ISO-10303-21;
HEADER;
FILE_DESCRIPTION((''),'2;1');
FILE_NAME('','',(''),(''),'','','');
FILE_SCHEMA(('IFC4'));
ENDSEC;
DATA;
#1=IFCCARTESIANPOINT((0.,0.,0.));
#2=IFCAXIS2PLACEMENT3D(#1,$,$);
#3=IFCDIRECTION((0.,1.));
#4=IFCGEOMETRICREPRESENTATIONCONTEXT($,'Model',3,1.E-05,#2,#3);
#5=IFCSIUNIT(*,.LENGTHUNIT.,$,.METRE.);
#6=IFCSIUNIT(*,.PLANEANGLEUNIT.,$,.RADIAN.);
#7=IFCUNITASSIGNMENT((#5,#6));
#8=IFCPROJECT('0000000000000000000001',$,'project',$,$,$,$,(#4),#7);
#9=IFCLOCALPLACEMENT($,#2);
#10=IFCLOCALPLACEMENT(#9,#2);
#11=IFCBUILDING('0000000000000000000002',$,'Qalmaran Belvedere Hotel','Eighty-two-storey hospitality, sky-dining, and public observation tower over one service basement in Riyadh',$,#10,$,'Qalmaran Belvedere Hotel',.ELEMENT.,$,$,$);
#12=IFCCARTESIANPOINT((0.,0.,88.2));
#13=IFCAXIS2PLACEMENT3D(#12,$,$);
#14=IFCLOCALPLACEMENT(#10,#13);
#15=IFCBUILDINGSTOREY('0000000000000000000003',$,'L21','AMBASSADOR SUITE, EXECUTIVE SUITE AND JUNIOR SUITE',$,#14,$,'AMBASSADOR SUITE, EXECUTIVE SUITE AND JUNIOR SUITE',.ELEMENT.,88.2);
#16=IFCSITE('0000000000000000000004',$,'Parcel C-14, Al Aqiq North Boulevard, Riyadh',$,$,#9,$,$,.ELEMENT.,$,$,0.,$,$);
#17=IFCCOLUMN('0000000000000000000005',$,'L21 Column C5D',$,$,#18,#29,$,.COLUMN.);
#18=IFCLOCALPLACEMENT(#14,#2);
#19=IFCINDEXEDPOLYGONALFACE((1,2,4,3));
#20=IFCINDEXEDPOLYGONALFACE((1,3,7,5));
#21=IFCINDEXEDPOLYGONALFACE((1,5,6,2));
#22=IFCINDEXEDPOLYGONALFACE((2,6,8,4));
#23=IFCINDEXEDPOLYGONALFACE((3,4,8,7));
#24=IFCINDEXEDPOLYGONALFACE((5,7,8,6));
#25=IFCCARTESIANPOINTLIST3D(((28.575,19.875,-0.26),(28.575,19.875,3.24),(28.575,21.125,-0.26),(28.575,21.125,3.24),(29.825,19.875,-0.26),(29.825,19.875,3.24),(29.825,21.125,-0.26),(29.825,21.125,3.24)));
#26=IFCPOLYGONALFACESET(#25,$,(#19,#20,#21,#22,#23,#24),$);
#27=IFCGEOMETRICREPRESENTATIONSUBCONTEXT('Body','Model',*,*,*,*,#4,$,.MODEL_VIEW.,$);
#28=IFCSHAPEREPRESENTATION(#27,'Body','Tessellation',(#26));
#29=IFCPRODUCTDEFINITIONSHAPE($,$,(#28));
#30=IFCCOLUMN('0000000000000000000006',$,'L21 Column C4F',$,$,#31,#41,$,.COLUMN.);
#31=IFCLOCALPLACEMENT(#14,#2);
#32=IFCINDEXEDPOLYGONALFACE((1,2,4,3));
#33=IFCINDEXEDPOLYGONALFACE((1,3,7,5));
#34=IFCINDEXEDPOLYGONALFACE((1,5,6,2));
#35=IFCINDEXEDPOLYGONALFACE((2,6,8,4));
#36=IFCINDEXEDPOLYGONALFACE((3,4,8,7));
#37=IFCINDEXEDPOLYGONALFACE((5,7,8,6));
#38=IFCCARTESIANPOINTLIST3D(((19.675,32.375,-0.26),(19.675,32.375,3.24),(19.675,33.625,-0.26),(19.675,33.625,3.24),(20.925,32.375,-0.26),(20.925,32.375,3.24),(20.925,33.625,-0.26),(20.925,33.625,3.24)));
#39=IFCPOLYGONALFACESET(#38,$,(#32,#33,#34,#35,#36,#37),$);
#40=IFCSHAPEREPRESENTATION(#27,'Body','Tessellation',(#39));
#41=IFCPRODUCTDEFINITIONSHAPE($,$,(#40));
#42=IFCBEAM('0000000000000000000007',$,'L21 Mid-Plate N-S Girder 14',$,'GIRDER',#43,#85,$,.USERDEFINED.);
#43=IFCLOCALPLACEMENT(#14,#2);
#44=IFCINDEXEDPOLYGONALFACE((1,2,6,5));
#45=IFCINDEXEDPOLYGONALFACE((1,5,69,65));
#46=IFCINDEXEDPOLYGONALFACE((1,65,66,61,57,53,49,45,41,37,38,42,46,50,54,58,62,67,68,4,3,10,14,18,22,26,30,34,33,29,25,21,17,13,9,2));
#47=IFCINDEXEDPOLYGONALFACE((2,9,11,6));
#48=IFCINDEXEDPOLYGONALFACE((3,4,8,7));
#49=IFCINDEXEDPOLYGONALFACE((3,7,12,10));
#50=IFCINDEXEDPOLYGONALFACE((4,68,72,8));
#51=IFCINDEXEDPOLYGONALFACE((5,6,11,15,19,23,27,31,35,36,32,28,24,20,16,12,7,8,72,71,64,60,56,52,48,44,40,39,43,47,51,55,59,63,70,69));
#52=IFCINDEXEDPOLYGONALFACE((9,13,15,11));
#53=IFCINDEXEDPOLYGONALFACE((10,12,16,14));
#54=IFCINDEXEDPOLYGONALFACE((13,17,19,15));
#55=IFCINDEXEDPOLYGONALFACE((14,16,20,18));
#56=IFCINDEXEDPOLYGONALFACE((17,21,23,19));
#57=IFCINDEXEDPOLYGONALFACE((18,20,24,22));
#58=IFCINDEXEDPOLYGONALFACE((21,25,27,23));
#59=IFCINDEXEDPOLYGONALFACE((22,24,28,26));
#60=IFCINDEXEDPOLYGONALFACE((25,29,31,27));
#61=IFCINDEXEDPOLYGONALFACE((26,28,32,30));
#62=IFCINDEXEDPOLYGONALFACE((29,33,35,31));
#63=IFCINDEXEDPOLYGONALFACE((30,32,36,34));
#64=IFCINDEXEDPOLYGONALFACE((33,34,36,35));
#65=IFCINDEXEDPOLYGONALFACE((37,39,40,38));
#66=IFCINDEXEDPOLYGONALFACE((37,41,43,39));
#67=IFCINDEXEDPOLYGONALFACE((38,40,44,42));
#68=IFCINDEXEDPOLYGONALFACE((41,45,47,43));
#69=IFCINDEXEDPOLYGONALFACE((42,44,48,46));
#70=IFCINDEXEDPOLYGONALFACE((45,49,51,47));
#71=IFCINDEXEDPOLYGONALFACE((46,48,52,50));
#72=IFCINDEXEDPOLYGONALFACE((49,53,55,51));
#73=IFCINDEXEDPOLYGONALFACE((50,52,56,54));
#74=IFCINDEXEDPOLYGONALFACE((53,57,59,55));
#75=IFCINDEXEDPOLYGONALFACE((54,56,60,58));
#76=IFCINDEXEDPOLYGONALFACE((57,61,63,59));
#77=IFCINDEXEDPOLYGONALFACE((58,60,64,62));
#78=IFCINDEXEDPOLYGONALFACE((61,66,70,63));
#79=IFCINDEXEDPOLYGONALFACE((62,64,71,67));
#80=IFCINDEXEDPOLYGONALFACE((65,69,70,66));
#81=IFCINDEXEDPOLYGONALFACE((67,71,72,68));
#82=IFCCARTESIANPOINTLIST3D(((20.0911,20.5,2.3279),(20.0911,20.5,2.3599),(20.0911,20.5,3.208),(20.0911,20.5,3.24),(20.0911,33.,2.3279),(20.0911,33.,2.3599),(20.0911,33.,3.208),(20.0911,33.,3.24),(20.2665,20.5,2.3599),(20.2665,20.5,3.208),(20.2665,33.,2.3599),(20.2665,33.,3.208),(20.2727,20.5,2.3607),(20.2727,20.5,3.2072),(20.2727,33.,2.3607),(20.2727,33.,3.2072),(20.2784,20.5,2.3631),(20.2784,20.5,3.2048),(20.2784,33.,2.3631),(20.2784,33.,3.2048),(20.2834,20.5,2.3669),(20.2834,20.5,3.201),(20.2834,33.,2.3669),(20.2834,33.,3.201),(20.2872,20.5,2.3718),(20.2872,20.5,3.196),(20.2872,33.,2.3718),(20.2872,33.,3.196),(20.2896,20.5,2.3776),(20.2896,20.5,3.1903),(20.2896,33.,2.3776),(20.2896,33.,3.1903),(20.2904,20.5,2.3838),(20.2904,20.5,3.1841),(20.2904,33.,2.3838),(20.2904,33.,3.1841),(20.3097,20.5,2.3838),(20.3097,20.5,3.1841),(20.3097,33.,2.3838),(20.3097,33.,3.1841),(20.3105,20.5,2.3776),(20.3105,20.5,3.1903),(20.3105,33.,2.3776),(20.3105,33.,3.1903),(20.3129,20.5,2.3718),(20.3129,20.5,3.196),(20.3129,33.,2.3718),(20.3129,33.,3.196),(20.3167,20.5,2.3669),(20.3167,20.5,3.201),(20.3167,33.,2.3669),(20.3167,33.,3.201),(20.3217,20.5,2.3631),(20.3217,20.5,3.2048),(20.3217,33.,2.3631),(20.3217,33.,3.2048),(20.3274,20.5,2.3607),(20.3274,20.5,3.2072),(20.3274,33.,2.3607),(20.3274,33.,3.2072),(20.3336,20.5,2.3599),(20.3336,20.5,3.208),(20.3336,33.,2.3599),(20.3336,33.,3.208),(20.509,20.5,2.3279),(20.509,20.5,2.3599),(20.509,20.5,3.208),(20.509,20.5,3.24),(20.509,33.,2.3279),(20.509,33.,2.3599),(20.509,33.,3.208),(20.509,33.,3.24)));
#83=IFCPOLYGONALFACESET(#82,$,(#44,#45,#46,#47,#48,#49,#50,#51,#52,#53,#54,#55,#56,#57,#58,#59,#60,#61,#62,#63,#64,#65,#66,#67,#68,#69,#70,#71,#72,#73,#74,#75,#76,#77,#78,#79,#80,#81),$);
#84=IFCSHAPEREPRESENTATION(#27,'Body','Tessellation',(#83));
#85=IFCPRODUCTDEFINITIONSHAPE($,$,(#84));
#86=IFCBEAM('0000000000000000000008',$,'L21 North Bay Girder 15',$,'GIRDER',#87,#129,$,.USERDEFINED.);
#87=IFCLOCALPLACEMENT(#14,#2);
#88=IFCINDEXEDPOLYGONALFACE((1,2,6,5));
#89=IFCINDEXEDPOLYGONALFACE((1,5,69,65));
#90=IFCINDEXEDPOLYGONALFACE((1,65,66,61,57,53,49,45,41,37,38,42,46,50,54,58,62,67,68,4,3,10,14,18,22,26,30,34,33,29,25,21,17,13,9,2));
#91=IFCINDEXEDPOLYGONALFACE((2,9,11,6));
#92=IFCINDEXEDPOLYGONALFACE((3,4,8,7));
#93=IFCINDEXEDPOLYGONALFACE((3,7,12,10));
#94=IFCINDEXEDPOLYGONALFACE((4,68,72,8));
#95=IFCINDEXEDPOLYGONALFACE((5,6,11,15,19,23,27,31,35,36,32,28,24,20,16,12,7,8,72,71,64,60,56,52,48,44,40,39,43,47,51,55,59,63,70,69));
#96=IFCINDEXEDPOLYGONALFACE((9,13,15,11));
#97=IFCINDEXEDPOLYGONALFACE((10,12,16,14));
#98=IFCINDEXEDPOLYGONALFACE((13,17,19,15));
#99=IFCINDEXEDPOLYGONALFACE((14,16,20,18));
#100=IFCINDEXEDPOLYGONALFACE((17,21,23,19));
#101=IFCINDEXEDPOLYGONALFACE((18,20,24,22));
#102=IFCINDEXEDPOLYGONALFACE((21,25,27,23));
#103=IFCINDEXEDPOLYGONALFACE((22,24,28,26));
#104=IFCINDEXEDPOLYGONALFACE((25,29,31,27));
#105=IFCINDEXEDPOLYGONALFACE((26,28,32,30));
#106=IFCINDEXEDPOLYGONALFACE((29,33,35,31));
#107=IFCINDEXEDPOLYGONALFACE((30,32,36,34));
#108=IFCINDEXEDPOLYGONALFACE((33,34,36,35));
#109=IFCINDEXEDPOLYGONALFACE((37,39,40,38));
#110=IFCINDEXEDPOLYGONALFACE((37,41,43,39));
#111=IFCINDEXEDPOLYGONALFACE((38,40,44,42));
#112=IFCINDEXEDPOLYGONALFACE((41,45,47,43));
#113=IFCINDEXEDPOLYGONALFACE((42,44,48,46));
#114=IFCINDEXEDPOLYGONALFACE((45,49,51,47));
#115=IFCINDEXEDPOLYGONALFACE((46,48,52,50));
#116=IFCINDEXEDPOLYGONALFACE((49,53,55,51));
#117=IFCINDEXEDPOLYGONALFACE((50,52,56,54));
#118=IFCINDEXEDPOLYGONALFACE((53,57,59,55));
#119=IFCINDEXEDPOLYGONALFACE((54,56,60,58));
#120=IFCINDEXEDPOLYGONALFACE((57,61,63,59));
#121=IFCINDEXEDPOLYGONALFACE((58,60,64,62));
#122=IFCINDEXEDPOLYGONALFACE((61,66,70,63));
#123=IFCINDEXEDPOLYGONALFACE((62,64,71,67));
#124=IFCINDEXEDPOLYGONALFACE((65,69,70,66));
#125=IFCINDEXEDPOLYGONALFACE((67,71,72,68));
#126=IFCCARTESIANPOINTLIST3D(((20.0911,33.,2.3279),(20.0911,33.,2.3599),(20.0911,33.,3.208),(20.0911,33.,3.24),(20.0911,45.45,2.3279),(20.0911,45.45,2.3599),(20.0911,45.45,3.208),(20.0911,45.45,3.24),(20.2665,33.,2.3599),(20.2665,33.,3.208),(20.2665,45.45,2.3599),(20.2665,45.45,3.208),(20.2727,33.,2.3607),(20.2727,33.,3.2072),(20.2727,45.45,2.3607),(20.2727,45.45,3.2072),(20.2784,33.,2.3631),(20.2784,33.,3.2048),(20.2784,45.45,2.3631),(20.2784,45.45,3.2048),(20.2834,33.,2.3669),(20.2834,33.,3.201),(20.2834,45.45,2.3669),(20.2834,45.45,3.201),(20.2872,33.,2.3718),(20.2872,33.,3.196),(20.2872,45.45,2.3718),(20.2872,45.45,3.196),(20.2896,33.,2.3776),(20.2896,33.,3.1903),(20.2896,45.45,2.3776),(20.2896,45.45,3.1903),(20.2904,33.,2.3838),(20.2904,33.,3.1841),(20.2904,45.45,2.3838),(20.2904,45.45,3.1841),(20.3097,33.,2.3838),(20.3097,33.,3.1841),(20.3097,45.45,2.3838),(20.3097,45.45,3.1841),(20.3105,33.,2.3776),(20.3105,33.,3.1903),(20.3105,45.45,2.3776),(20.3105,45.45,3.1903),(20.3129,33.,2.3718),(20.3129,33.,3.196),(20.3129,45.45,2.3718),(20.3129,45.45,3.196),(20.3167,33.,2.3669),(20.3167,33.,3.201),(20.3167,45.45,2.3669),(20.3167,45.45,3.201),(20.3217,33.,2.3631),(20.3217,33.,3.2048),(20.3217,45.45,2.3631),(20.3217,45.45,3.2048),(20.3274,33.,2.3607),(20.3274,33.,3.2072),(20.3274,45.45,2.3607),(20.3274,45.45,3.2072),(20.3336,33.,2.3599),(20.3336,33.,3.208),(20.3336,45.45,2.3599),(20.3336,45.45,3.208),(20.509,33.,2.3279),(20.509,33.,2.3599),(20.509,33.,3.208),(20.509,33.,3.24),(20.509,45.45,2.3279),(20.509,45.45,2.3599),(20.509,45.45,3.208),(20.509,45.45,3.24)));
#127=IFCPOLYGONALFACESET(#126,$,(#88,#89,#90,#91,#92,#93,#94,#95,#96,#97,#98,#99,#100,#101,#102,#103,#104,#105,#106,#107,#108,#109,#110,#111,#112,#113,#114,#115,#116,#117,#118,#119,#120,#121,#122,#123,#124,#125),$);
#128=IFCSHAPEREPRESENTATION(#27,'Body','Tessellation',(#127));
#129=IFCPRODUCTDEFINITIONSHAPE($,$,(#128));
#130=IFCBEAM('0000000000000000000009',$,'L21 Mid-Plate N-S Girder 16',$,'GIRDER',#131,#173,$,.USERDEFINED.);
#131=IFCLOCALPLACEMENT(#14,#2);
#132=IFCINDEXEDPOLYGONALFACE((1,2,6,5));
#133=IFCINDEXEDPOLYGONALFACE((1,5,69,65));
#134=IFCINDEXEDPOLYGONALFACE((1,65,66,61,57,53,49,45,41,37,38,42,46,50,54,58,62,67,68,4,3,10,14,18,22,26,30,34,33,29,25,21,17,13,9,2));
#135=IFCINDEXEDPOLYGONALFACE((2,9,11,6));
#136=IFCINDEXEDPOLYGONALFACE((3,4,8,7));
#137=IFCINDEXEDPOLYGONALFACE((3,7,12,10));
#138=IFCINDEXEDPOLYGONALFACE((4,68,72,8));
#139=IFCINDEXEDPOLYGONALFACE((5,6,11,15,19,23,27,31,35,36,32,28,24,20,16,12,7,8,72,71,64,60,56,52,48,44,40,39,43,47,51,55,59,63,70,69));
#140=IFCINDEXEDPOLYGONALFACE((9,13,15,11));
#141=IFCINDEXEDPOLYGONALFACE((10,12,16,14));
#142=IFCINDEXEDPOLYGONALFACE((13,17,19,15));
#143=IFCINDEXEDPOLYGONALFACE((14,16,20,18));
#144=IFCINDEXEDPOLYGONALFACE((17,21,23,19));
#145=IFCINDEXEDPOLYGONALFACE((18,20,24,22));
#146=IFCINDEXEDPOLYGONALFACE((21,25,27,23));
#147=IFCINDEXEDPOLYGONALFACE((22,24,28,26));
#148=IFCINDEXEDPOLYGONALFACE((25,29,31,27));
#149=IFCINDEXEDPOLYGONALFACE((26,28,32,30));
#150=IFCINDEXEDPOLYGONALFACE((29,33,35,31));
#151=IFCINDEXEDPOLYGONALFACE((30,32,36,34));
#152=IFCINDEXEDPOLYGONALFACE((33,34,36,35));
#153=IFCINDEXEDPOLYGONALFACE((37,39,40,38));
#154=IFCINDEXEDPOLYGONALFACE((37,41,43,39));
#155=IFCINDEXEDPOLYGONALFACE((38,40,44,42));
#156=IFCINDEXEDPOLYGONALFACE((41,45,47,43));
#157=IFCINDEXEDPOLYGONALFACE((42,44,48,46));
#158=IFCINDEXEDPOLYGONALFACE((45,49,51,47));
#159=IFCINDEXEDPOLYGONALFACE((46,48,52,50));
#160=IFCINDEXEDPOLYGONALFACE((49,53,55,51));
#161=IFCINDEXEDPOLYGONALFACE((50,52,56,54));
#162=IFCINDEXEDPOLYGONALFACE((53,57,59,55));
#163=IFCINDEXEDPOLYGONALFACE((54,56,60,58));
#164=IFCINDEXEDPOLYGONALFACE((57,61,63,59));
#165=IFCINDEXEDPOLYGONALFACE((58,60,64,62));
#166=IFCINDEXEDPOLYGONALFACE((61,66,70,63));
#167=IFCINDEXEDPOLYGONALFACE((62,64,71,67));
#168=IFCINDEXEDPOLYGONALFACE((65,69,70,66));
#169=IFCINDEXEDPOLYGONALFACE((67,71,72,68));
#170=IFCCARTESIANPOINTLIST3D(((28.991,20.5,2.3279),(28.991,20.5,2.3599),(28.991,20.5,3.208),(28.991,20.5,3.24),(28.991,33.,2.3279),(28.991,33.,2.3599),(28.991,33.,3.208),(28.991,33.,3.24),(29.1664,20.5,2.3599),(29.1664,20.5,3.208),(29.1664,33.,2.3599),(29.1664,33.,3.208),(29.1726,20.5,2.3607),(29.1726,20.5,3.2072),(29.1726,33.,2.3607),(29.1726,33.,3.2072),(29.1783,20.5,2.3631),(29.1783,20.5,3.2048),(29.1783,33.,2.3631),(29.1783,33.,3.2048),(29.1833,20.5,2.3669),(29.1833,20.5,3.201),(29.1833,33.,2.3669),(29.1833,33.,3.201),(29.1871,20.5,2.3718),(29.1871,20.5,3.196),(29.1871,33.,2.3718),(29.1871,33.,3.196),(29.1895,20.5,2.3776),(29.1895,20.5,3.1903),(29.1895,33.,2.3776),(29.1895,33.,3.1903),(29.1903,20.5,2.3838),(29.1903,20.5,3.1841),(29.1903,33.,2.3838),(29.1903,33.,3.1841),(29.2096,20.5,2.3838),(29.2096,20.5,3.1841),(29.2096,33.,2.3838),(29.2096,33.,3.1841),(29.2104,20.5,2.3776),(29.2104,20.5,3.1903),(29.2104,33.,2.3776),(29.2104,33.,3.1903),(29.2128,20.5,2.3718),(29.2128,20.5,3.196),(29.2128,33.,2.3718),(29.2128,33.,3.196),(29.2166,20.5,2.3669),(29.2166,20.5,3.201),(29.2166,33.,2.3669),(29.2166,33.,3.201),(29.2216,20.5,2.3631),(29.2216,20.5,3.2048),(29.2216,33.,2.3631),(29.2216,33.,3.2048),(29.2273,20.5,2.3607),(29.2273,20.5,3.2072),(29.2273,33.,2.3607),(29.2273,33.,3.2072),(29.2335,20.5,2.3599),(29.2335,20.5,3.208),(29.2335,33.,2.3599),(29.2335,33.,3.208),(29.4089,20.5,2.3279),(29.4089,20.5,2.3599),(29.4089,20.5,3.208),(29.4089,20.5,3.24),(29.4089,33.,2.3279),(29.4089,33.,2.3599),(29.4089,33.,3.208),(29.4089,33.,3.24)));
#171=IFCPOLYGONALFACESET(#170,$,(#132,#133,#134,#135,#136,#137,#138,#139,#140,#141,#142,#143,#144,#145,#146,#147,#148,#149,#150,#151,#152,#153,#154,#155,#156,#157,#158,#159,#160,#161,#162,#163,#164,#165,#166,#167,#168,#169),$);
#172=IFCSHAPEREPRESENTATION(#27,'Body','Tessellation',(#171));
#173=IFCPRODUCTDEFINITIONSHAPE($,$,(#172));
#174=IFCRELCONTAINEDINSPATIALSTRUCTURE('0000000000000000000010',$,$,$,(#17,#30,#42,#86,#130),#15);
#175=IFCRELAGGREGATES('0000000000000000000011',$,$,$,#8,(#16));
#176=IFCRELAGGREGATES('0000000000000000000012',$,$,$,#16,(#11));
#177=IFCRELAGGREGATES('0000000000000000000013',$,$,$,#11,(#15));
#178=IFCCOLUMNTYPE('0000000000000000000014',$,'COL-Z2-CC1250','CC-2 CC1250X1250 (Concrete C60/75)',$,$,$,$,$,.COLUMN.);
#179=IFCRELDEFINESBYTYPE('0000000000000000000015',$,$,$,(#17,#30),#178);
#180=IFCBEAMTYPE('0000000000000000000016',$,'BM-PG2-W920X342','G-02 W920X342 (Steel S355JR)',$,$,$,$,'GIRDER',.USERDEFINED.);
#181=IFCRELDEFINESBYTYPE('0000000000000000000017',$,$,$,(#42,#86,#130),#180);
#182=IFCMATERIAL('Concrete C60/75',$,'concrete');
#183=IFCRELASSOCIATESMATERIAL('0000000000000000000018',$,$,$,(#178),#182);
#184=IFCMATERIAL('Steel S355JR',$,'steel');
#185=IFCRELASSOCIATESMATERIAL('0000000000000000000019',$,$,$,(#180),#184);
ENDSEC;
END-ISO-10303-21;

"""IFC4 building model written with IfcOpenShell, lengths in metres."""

from ifc_helpers import new_model, si_unit, direction, frame, origin, origin_2d, place, context, subcontext, project, spatial, rectangle, i_section, extrude, material, material_profile, profile_set, type_object, element, save


model = new_model("IFC4")

# Units and contexts
model_context = context("Model", 3, precision=1e-05, world=origin(), true_north=direction((0.0, 1.0)))
body_context = subcontext(model_context, "Body", "Model", "MODEL_VIEW")
ifc_project = project(units=[si_unit("LENGTHUNIT", "METRE"), si_unit("PLANEANGLEUNIT", "RADIAN")], contexts=[model_context])

# Site, building, storey
site_placement = place(None, origin())
site = spatial("IfcSite", under=ifc_project, at=site_placement, Name="Parcel C-14, Al Aqiq North Boulevard, Riyadh", CompositionType="ELEMENT", RefElevation=0.0)
building_placement = place(site_placement, origin())
building = spatial("IfcBuilding", under=site, at=building_placement, Name="Qalmaran Belvedere Hotel", Description="Eighty-two-storey hospitality, sky-dining, and public observation tower over one service basement in Riyadh", LongName="Qalmaran Belvedere Hotel", CompositionType="ELEMENT")
storey_placement = place(building_placement, frame((0.0, 0.0, 88.2)))
storey = spatial("IfcBuildingStorey", under=building, at=storey_placement, Name="L21", Description="AMBASSADOR SUITE, EXECUTIVE SUITE AND JUNIOR SUITE", LongName="AMBASSADOR SUITE, EXECUTIVE SUITE AND JUNIOR SUITE", CompositionType="ELEMENT", Elevation=88.2)

# Columns
ifc_material_1 = material(Name="Concrete C60/75", Category="concrete")
ifc_material_profile_1 = material_profile(ifc_material_1, rectangle(XDim=1.25, YDim=1.25, at=origin_2d()), Name="CC1250X1250")
ifc_profile_set_1 = profile_set([ifc_material_profile_1], Name="Concrete C60/75")
column_type = type_object("IfcColumnType", Name="COL-Z2-CC1250", Description="CC-2 CC1250X1250 (Concrete C60/75)", PredefinedType="COLUMN", material=ifc_profile_set_1)
for number, where, z_axis, x_axis, name in (
    (1, (29.2, 20.5, -0.26), (0.0, 0.0, 1.0), (1.0, 0.0, 0.0), "L21 Column C5D"),
    (2, (20.3, 33.0, -0.26), (0.0, 0.0, 1.0), (1.0, 0.0, 0.0), "L21 Column C4F"),
):
    element("IfcColumn", number, at=place(storey_placement, frame(where, z_axis=z_axis, x_axis=x_axis)), inside=storey, type_object=column_type, Name=name, PredefinedType="COLUMN", context=body_context, shape_type="SweptSolid", body=[
        extrude(rectangle(XDim=1.25, YDim=1.25, at=origin_2d()), origin(), (0.0, 0.0, 1.0), 3.5),
    ])

# Beams
ifc_material_2 = material(Name="Steel S355JR", Category="steel")
ifc_material_profile_2 = material_profile(ifc_material_2, i_section(OverallWidth=0.418, OverallDepth=0.9121, WebThickness=0.0193, FlangeThickness=0.032, FilletRadius=0.0239, at=origin_2d()), Name="W920X342")
ifc_profile_set_2 = profile_set([ifc_material_profile_2], Name="Steel S355JR")
beam_type_1 = type_object("IfcBeamType", Name="BM-PG2-W920X342", Description="G-02 W920X342 (Steel S355JR)", ElementType="GIRDER", PredefinedType="USERDEFINED", material=ifc_profile_set_2)
beam_1_placement = place(storey_placement, frame((20.3, 20.5, 2.7839), z_axis=(0.0, 1.0, 0.0), x_axis=(-1.0, 0.0, 0.0)))
element("IfcBeam", 3, at=beam_1_placement, inside=storey, type_object=beam_type_1, Name="L21 Mid-Plate N-S Girder 14", ObjectType="GIRDER", PredefinedType="USERDEFINED", context=body_context, shape_type="SweptSolid", body=[
    extrude(i_section(OverallWidth=0.418, OverallDepth=0.9121, WebThickness=0.0193, FlangeThickness=0.032, FilletRadius=0.0239, at=origin_2d()), origin(), (0.0, 0.0, 1.0), 12.5),
])
beam_2_placement = place(storey_placement, frame((20.3, 33.0, 2.7839), z_axis=(0.0, 1.0, 0.0), x_axis=(-1.0, 0.0, 0.0)))
element("IfcBeam", 4, at=beam_2_placement, inside=storey, type_object=beam_type_1, Name="L21 North Bay Girder 15", ObjectType="GIRDER", PredefinedType="USERDEFINED", context=body_context, shape_type="SweptSolid", body=[
    extrude(i_section(OverallWidth=0.418, OverallDepth=0.9121, WebThickness=0.0193, FlangeThickness=0.032, FilletRadius=0.0239, at=origin_2d()), origin(), (0.0, 0.0, 1.0), 12.45),
])
beam_3_placement = place(storey_placement, frame((29.2, 20.5, 2.7839), z_axis=(0.0, 1.0, 0.0), x_axis=(-1.0, 0.0, 0.0)))
element("IfcBeam", 5, at=beam_3_placement, inside=storey, type_object=beam_type_1, Name="L21 Mid-Plate N-S Girder 16", ObjectType="GIRDER", PredefinedType="USERDEFINED", context=body_context, shape_type="SweptSolid", body=[
    extrude(i_section(OverallWidth=0.418, OverallDepth=0.9121, WebThickness=0.0193, FlangeThickness=0.032, FilletRadius=0.0239, at=origin_2d()), origin(), (0.0, 0.0, 1.0), 12.5),
])

save(model, "model.ifc")
